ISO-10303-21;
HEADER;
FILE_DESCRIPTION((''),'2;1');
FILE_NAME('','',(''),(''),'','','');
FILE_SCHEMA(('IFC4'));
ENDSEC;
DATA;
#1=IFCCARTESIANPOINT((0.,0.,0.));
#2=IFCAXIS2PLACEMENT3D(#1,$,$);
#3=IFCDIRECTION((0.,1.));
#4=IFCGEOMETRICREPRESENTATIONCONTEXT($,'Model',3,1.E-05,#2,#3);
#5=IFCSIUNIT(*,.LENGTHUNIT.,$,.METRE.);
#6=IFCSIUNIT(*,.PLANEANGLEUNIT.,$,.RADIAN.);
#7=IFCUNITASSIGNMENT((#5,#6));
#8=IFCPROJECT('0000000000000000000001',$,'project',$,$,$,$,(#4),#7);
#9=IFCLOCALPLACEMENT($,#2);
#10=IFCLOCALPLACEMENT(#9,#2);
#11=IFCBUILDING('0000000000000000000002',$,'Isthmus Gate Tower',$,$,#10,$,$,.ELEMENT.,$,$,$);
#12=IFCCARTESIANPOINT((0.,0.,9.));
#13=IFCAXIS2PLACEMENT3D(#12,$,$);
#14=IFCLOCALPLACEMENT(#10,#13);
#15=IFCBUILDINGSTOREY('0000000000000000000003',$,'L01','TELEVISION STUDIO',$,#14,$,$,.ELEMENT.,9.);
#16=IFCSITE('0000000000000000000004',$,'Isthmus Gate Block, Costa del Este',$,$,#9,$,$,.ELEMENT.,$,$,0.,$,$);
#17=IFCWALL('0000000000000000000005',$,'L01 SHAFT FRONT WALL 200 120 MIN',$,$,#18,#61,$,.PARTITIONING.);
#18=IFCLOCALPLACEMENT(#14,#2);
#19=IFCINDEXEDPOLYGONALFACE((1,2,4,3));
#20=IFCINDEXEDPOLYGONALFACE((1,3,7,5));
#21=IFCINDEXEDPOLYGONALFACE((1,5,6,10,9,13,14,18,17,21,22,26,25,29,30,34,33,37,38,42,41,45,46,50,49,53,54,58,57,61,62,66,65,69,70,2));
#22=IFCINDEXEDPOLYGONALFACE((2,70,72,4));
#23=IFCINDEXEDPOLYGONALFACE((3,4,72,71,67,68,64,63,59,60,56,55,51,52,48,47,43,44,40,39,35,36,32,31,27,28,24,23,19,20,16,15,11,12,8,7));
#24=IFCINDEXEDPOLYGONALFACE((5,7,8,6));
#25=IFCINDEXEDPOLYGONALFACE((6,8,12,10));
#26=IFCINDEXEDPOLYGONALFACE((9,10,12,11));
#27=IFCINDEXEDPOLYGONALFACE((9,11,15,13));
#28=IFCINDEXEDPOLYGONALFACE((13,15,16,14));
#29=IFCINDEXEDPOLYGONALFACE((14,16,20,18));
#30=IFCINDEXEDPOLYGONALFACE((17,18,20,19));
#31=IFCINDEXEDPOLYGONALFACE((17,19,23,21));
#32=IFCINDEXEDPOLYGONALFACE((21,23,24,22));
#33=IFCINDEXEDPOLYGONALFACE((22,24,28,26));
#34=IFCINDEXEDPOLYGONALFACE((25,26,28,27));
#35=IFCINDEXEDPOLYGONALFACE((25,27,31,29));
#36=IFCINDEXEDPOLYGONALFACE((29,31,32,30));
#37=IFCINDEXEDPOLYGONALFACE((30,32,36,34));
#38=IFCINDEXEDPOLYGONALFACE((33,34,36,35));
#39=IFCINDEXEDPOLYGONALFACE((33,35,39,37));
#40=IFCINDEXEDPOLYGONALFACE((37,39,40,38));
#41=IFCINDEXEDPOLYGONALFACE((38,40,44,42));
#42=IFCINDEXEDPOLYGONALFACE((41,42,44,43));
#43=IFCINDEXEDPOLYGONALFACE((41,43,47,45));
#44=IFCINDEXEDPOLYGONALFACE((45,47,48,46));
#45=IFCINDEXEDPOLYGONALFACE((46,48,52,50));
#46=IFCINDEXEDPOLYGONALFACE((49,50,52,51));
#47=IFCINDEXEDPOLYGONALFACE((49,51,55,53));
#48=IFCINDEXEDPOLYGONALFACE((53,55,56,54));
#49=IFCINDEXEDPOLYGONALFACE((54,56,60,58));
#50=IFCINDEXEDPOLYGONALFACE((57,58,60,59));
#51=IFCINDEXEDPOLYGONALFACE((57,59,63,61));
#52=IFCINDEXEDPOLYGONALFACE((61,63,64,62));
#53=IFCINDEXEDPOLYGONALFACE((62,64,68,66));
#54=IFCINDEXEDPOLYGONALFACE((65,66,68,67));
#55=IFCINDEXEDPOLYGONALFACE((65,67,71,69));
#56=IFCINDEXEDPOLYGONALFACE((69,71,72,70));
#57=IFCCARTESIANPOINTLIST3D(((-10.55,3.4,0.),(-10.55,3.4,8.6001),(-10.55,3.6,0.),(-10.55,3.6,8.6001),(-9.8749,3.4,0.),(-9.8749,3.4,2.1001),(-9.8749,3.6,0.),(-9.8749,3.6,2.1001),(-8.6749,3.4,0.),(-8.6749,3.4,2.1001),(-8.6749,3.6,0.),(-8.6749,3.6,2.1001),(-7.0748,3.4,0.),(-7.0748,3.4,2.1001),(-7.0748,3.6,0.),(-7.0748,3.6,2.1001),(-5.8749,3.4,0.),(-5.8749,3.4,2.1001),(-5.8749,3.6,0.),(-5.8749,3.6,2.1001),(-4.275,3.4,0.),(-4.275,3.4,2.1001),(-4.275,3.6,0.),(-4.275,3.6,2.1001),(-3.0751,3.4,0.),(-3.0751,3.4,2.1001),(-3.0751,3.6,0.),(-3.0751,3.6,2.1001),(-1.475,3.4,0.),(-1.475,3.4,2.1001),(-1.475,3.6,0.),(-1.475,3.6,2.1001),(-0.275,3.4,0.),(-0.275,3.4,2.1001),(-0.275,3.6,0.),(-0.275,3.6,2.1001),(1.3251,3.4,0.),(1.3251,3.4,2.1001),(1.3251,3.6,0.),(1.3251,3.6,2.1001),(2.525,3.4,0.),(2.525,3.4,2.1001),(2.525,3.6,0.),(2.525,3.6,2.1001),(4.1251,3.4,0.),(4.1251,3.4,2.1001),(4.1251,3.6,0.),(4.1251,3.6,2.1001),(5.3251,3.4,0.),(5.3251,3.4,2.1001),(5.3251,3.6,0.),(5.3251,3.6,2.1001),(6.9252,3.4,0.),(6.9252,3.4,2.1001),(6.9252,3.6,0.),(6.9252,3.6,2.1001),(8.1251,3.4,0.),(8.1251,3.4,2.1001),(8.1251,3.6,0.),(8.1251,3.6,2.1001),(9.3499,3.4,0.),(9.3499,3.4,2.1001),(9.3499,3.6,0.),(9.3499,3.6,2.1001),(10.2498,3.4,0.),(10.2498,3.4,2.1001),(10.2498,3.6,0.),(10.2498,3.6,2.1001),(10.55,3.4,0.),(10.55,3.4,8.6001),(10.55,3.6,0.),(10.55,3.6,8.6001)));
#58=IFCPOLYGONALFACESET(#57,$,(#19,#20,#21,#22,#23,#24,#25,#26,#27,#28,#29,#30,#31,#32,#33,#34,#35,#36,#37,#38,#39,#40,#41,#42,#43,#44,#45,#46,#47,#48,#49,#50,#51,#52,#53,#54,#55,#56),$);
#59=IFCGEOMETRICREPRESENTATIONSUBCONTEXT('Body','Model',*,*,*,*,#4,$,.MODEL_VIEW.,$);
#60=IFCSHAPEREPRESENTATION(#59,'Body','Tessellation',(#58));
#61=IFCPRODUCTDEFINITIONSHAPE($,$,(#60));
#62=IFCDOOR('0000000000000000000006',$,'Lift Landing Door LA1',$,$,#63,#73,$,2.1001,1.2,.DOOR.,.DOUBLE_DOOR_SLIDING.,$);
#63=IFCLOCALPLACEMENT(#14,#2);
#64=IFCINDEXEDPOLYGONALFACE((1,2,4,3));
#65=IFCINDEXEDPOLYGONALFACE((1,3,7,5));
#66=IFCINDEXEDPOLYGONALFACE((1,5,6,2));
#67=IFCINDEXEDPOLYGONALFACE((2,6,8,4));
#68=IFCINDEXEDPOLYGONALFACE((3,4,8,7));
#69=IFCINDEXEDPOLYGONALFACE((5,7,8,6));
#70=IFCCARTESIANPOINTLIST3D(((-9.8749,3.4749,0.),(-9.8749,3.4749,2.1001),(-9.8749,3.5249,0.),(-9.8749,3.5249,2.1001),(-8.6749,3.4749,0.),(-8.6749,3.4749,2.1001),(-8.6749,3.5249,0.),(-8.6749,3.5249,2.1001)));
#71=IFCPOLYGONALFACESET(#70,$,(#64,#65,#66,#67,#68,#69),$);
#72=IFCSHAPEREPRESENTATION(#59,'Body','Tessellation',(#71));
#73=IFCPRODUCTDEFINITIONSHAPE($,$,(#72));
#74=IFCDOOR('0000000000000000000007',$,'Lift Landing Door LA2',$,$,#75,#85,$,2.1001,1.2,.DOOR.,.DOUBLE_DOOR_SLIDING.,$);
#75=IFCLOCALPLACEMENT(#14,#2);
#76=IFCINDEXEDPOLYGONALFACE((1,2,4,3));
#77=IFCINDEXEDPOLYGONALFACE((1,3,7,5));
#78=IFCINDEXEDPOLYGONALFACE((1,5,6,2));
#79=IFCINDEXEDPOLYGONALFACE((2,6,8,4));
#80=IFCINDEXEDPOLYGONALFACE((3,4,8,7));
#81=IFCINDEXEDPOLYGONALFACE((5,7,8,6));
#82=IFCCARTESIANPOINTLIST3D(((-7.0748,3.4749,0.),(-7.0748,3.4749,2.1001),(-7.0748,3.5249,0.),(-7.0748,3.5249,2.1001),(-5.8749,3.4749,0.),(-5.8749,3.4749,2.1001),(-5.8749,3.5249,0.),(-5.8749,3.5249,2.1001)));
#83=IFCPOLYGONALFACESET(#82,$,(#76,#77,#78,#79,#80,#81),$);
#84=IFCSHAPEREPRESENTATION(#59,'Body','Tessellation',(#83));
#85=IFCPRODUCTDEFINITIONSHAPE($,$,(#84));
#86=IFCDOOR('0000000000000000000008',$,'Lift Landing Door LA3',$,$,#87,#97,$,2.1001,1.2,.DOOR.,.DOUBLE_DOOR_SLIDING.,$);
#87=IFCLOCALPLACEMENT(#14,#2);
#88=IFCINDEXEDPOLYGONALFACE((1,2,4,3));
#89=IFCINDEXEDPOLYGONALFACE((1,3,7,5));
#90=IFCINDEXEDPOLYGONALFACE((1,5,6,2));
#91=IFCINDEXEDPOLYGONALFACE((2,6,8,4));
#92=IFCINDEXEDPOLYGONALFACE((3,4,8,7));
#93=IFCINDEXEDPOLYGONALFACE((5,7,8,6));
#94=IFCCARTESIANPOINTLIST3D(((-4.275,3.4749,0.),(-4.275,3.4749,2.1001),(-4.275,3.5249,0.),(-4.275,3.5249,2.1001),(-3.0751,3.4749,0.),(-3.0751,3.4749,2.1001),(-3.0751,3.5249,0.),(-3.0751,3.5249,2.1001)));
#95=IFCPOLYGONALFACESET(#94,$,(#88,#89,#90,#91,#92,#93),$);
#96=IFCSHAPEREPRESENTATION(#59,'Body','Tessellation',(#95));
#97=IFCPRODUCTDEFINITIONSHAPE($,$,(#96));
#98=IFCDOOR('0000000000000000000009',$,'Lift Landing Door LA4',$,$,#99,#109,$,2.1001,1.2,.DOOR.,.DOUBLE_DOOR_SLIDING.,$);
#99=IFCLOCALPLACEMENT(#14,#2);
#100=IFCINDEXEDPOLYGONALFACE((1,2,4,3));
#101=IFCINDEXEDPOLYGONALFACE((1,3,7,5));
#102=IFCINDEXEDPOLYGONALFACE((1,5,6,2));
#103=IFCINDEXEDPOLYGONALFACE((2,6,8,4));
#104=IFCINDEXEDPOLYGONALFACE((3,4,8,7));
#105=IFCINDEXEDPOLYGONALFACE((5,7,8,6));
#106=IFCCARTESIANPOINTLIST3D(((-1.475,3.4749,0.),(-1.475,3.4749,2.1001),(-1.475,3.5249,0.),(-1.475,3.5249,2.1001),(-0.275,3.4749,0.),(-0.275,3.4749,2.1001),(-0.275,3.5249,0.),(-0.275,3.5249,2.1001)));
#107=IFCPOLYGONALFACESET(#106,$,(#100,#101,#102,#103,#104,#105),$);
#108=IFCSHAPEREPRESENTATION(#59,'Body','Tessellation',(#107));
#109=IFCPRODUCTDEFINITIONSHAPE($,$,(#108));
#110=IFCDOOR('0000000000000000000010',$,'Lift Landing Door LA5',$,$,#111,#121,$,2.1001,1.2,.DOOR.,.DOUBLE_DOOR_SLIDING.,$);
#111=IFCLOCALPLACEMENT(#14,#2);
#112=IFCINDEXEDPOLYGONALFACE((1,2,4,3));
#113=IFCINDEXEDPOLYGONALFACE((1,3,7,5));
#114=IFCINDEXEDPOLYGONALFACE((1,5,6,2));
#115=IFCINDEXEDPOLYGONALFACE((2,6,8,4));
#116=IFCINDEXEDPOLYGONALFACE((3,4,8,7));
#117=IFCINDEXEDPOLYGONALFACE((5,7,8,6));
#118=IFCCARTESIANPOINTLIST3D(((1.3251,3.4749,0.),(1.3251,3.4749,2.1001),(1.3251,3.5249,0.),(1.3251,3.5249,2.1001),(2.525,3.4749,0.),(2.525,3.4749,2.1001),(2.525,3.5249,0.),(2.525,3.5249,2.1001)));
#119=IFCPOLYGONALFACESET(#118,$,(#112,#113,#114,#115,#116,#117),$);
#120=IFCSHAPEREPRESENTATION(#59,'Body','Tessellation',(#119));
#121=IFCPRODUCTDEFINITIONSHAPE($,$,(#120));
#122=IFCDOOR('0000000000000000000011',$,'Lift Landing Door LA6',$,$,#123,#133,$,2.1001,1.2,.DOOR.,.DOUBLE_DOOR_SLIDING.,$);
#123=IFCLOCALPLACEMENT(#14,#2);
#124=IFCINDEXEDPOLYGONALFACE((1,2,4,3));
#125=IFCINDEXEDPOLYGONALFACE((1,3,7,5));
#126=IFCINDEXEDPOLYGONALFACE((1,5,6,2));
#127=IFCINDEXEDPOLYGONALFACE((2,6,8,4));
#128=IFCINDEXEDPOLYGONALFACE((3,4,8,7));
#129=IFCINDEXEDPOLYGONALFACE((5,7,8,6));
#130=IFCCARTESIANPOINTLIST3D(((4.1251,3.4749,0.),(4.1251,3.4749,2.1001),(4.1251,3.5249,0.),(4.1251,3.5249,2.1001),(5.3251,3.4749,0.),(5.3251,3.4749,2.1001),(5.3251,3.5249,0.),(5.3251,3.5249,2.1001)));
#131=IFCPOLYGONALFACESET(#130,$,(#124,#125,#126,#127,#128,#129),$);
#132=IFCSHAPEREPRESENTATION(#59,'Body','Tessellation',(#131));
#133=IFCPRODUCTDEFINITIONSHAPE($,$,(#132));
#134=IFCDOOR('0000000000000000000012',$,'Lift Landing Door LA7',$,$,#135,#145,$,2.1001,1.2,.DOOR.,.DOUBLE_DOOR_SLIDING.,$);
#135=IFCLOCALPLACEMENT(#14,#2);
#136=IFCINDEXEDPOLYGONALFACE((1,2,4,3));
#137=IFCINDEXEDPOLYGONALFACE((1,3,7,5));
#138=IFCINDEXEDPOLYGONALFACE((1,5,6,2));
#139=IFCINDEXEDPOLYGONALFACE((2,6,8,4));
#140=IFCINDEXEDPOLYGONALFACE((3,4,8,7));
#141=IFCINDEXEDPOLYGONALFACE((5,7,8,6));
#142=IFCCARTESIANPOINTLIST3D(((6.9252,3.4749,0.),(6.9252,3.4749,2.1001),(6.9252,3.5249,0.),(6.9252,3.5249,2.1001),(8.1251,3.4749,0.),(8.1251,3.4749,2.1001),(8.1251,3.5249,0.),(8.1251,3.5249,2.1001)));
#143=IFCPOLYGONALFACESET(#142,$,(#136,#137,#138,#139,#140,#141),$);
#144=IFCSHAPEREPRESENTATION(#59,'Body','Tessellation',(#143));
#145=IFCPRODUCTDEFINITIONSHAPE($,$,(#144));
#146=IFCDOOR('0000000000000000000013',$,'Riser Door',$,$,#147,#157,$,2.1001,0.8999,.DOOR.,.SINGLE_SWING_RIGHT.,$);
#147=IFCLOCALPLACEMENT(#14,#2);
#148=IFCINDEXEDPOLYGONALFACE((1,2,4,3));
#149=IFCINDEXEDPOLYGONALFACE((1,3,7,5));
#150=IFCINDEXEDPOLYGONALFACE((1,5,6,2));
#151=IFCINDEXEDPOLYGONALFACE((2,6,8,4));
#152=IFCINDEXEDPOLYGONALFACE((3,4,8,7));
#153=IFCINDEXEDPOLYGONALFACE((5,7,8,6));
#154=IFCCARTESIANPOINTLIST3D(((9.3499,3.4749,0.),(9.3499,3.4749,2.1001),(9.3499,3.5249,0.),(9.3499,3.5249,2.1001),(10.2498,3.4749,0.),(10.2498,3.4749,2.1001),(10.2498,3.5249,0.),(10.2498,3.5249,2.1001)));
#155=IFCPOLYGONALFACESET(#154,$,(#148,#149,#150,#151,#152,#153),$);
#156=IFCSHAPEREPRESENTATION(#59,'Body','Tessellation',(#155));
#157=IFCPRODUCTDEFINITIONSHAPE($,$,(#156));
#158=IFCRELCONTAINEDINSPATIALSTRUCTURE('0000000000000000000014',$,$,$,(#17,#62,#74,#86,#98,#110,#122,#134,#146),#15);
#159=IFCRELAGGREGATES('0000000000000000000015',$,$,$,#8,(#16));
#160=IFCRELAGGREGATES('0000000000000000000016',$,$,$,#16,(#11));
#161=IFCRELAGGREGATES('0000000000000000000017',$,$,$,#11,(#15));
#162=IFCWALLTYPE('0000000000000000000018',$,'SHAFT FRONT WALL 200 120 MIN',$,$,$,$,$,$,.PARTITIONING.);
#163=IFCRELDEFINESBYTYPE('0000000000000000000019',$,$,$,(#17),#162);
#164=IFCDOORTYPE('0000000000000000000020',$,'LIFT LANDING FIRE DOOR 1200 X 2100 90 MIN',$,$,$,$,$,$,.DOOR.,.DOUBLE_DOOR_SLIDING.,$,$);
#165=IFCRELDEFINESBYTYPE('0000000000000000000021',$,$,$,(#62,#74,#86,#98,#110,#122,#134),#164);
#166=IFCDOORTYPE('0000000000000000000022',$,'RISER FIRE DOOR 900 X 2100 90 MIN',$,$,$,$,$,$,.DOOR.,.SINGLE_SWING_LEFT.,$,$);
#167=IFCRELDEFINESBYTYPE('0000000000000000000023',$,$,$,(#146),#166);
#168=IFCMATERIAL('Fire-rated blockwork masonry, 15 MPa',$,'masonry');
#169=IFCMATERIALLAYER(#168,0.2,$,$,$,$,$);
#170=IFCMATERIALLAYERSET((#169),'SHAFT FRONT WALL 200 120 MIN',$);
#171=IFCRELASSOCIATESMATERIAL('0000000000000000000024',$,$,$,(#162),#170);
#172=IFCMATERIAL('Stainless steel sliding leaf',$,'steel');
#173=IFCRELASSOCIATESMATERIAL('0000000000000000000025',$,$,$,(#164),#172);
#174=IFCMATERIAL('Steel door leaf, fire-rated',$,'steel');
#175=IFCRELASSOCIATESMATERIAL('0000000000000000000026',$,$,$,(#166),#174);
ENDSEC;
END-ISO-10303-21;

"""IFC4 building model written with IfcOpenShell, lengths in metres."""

from ifc_helpers import new_model, si_unit, direction, frame, frame_2d, origin, place, context, subcontext, project, spatial, rectangle, extrude, material, layer, layer_set, type_object, element, fill, save


model = new_model("IFC4")

# Units and contexts
model_context = context("Model", 3, precision=1e-05, world=origin(), true_north=direction((0.0, 1.0)))
body_context = subcontext(model_context, "Body", "Model", "MODEL_VIEW")
ifc_project = project(units=[si_unit("LENGTHUNIT", "METRE"), si_unit("PLANEANGLEUNIT", "RADIAN")], contexts=[model_context])

# Site, building, storey
site_placement = place(None, origin())
site = spatial("IfcSite", under=ifc_project, at=site_placement, Name="Isthmus Gate Block, Costa del Este", CompositionType="ELEMENT", RefElevation=0.0)
building_placement = place(site_placement, origin())
building = spatial("IfcBuilding", under=site, at=building_placement, Name="Isthmus Gate Tower", CompositionType="ELEMENT")
storey_placement = place(building_placement, frame((0.0, 0.0, 9.0)))
storey = spatial("IfcBuildingStorey", under=building, at=storey_placement, Name="L01", Description="TELEVISION STUDIO", CompositionType="ELEMENT", Elevation=9.0)

# Wall, openings, doors
ifc_material_1 = material(Name="Fire-rated blockwork masonry, 15 MPa", Category="masonry")
ifc_layer_1 = layer(ifc_material_1, 0.2)
ifc_layer_set_1 = layer_set([ifc_layer_1], Name="SHAFT FRONT WALL 200 120 MIN")
wall_type_1 = type_object("IfcWallType", Name="SHAFT FRONT WALL 200 120 MIN", PredefinedType="PARTITIONING", material=ifc_layer_set_1)
wall_1_placement = place(storey_placement, frame((-10.55, 3.5, 0.0), z_axis=(0.0, 0.0, 1.0), x_axis=(1.0, 0.0, 0.0)))
wall_1 = element("IfcWall", 1, at=wall_1_placement, inside=storey, type_object=wall_type_1, Name="L01 SHAFT FRONT WALL 200 120 MIN", PredefinedType="PARTITIONING", context=body_context, shape_type="SweptSolid", body=[
    extrude(rectangle(XDim=21.1001, YDim=0.2, at=frame_2d((10.55, 0.0))), origin(), (0.0, 0.0, 1.0), 8.6001),
])
opening_1_placement = place(wall_1_placement, frame((0.675, 0.0, 0.0)))
opening_1 = element("IfcOpeningElement", 2, at=opening_1_placement, cuts=wall_1, PredefinedType="OPENING", context=body_context, shape_type="SweptSolid", body=[
    extrude(rectangle(XDim=1.2, YDim=2.1001, at=frame_2d((0.6001, 1.05))), frame((0.0, 0.1099, 0.0), z_axis=(0.0, -1.0, 0.0), x_axis=(1.0, 0.0, 0.0)), (0.0, 0.0, 1.0), 0.22),
])
opening_2_placement = place(wall_1_placement, frame((3.4751, 0.0, 0.0)))
opening_2 = element("IfcOpeningElement", 3, at=opening_2_placement, cuts=wall_1, PredefinedType="OPENING", context=body_context, shape_type="SweptSolid", body=[
    extrude(rectangle(XDim=1.2, YDim=2.1001, at=frame_2d((0.6001, 1.05))), frame((0.0, 0.1099, 0.0), z_axis=(0.0, -1.0, 0.0), x_axis=(1.0, 0.0, 0.0)), (0.0, 0.0, 1.0), 0.22),
])
opening_3_placement = place(wall_1_placement, frame((6.2749, 0.0, 0.0)))
opening_3 = element("IfcOpeningElement", 4, at=opening_3_placement, cuts=wall_1, PredefinedType="OPENING", context=body_context, shape_type="SweptSolid", body=[
    extrude(rectangle(XDim=1.2, YDim=2.1001, at=frame_2d((0.6001, 1.05))), frame((0.0, 0.1099, 0.0), z_axis=(0.0, -1.0, 0.0), x_axis=(1.0, 0.0, 0.0)), (0.0, 0.0, 1.0), 0.22),
])
opening_4_placement = place(wall_1_placement, frame((9.075, 0.0, 0.0)))
opening_4 = element("IfcOpeningElement", 5, at=opening_4_placement, cuts=wall_1, PredefinedType="OPENING", context=body_context, shape_type="SweptSolid", body=[
    extrude(rectangle(XDim=1.2, YDim=2.1001, at=frame_2d((0.6001, 1.05))), frame((0.0, 0.1099, 0.0), z_axis=(0.0, -1.0, 0.0), x_axis=(1.0, 0.0, 0.0)), (0.0, 0.0, 1.0), 0.22),
])
opening_5_placement = place(wall_1_placement, frame((11.875, 0.0, 0.0)))
opening_5 = element("IfcOpeningElement", 6, at=opening_5_placement, cuts=wall_1, PredefinedType="OPENING", context=body_context, shape_type="SweptSolid", body=[
    extrude(rectangle(XDim=1.2, YDim=2.1001, at=frame_2d((0.6001, 1.05))), frame((0.0, 0.1099, 0.0), z_axis=(0.0, -1.0, 0.0), x_axis=(1.0, 0.0, 0.0)), (0.0, 0.0, 1.0), 0.22),
])
opening_6_placement = place(wall_1_placement, frame((14.675, 0.0, 0.0)))
opening_6 = element("IfcOpeningElement", 7, at=opening_6_placement, cuts=wall_1, PredefinedType="OPENING", context=body_context, shape_type="SweptSolid", body=[
    extrude(rectangle(XDim=1.2, YDim=2.1001, at=frame_2d((0.6001, 1.05))), frame((0.0, 0.1099, 0.0), z_axis=(0.0, -1.0, 0.0), x_axis=(1.0, 0.0, 0.0)), (0.0, 0.0, 1.0), 0.22),
])
opening_7_placement = place(wall_1_placement, frame((17.4751, 0.0, 0.0)))
opening_7 = element("IfcOpeningElement", 8, at=opening_7_placement, cuts=wall_1, PredefinedType="OPENING", context=body_context, shape_type="SweptSolid", body=[
    extrude(rectangle(XDim=1.2, YDim=2.1001, at=frame_2d((0.6001, 1.05))), frame((0.0, 0.1099, 0.0), z_axis=(0.0, -1.0, 0.0), x_axis=(1.0, 0.0, 0.0)), (0.0, 0.0, 1.0), 0.22),
])
opening_8_placement = place(wall_1_placement, frame((19.8999, 0.0, 0.0)))
opening_8 = element("IfcOpeningElement", 9, at=opening_8_placement, cuts=wall_1, PredefinedType="OPENING", context=body_context, shape_type="SweptSolid", body=[
    extrude(rectangle(XDim=0.8999, YDim=2.1001, at=frame_2d((0.45, 1.05))), frame((0.0, 0.1099, 0.0), z_axis=(0.0, -1.0, 0.0), x_axis=(1.0, 0.0, 0.0)), (0.0, 0.0, 1.0), 0.22),
])
ifc_material_2 = material(Name="Stainless steel sliding leaf", Category="steel")
door_type_1 = type_object("IfcDoorType", Name="LIFT LANDING FIRE DOOR 1200 X 2100 90 MIN", OperationType="DOUBLE_DOOR_SLIDING", PredefinedType="DOOR", material=ifc_material_2)
door_1_placement = place(opening_1_placement, origin())
door_1 = element("IfcDoor", 10, at=door_1_placement, inside=storey, type_object=door_type_1, Name="Lift Landing Door LA1", OperationType="DOUBLE_DOOR_SLIDING", OverallHeight=2.1001, OverallWidth=1.2, PredefinedType="DOOR", context=body_context, shape_type="SweptSolid", body=[
    extrude(rectangle(XDim=1.2, YDim=2.1001, at=frame_2d((0.6001, 1.05))), frame((0.0, 0.0249, 0.0), z_axis=(0.0, -1.0, 0.0), x_axis=(1.0, 0.0, 0.0)), (0.0, 0.0, 1.0), 0.05),
])
fill(opening_1, door_1)
door_2_placement = place(opening_2_placement, origin())
door_2 = element("IfcDoor", 11, at=door_2_placement, inside=storey, type_object=door_type_1, Name="Lift Landing Door LA2", OperationType="DOUBLE_DOOR_SLIDING", OverallHeight=2.1001, OverallWidth=1.2, PredefinedType="DOOR", context=body_context, shape_type="SweptSolid", body=[
    extrude(rectangle(XDim=1.2, YDim=2.1001, at=frame_2d((0.6001, 1.05))), frame((0.0, 0.0249, 0.0), z_axis=(0.0, -1.0, 0.0), x_axis=(1.0, 0.0, 0.0)), (0.0, 0.0, 1.0), 0.05),
])
fill(opening_2, door_2)
door_3_placement = place(opening_3_placement, origin())
door_3 = element("IfcDoor", 12, at=door_3_placement, inside=storey, type_object=door_type_1, Name="Lift Landing Door LA3", OperationType="DOUBLE_DOOR_SLIDING", OverallHeight=2.1001, OverallWidth=1.2, PredefinedType="DOOR", context=body_context, shape_type="SweptSolid", body=[
    extrude(rectangle(XDim=1.2, YDim=2.1001, at=frame_2d((0.6001, 1.05))), frame((0.0, 0.0249, 0.0), z_axis=(0.0, -1.0, 0.0), x_axis=(1.0, 0.0, 0.0)), (0.0, 0.0, 1.0), 0.05),
])
fill(opening_3, door_3)
door_4_placement = place(opening_4_placement, origin())
door_4 = element("IfcDoor", 13, at=door_4_placement, inside=storey, type_object=door_type_1, Name="Lift Landing Door LA4", OperationType="DOUBLE_DOOR_SLIDING", OverallHeight=2.1001, OverallWidth=1.2, PredefinedType="DOOR", context=body_context, shape_type="SweptSolid", body=[
    extrude(rectangle(XDim=1.2, YDim=2.1001, at=frame_2d((0.6001, 1.05))), frame((0.0, 0.0249, 0.0), z_axis=(0.0, -1.0, 0.0), x_axis=(1.0, 0.0, 0.0)), (0.0, 0.0, 1.0), 0.05),
])
fill(opening_4, door_4)
door_5_placement = place(opening_5_placement, origin())
door_5 = element("IfcDoor", 14, at=door_5_placement, inside=storey, type_object=door_type_1, Name="Lift Landing Door LA5", OperationType="DOUBLE_DOOR_SLIDING", OverallHeight=2.1001, OverallWidth=1.2, PredefinedType="DOOR", context=body_context, shape_type="SweptSolid", body=[
    extrude(rectangle(XDim=1.2, YDim=2.1001, at=frame_2d((0.6001, 1.05))), frame((0.0, 0.0249, 0.0), z_axis=(0.0, -1.0, 0.0), x_axis=(1.0, 0.0, 0.0)), (0.0, 0.0, 1.0), 0.05),
])
fill(opening_5, door_5)
door_6_placement = place(opening_6_placement, origin())
door_6 = element("IfcDoor", 15, at=door_6_placement, inside=storey, type_object=door_type_1, Name="Lift Landing Door LA6", OperationType="DOUBLE_DOOR_SLIDING", OverallHeight=2.1001, OverallWidth=1.2, PredefinedType="DOOR", context=body_context, shape_type="SweptSolid", body=[
    extrude(rectangle(XDim=1.2, YDim=2.1001, at=frame_2d((0.6001, 1.05))), frame((0.0, 0.0249, 0.0), z_axis=(0.0, -1.0, 0.0), x_axis=(1.0, 0.0, 0.0)), (0.0, 0.0, 1.0), 0.05),
])
fill(opening_6, door_6)
door_7_placement = place(opening_7_placement, origin())
door_7 = element("IfcDoor", 16, at=door_7_placement, inside=storey, type_object=door_type_1, Name="Lift Landing Door LA7", OperationType="DOUBLE_DOOR_SLIDING", OverallHeight=2.1001, OverallWidth=1.2, PredefinedType="DOOR", context=body_context, shape_type="SweptSolid", body=[
    extrude(rectangle(XDim=1.2, YDim=2.1001, at=frame_2d((0.6001, 1.05))), frame((0.0, 0.0249, 0.0), z_axis=(0.0, -1.0, 0.0), x_axis=(1.0, 0.0, 0.0)), (0.0, 0.0, 1.0), 0.05),
])
fill(opening_7, door_7)
ifc_material_3 = material(Name="Steel door leaf, fire-rated", Category="steel")
door_type_2 = type_object("IfcDoorType", Name="RISER FIRE DOOR 900 X 2100 90 MIN", OperationType="SINGLE_SWING_LEFT", PredefinedType="DOOR", material=ifc_material_3)
door_8_placement = place(opening_8_placement, origin())
door_8 = element("IfcDoor", 17, at=door_8_placement, inside=storey, type_object=door_type_2, Name="Riser Door", OperationType="SINGLE_SWING_RIGHT", OverallHeight=2.1001, OverallWidth=0.8999, PredefinedType="DOOR", context=body_context, shape_type="SweptSolid", body=[
    extrude(rectangle(XDim=0.8999, YDim=2.1001, at=frame_2d((0.45, 1.05))), frame((0.0, 0.0249, 0.0), z_axis=(0.0, -1.0, 0.0), x_axis=(1.0, 0.0, 0.0)), (0.0, 0.0, 1.0), 0.05),
])
fill(opening_8, door_8)

save(model, "model.ifc")
